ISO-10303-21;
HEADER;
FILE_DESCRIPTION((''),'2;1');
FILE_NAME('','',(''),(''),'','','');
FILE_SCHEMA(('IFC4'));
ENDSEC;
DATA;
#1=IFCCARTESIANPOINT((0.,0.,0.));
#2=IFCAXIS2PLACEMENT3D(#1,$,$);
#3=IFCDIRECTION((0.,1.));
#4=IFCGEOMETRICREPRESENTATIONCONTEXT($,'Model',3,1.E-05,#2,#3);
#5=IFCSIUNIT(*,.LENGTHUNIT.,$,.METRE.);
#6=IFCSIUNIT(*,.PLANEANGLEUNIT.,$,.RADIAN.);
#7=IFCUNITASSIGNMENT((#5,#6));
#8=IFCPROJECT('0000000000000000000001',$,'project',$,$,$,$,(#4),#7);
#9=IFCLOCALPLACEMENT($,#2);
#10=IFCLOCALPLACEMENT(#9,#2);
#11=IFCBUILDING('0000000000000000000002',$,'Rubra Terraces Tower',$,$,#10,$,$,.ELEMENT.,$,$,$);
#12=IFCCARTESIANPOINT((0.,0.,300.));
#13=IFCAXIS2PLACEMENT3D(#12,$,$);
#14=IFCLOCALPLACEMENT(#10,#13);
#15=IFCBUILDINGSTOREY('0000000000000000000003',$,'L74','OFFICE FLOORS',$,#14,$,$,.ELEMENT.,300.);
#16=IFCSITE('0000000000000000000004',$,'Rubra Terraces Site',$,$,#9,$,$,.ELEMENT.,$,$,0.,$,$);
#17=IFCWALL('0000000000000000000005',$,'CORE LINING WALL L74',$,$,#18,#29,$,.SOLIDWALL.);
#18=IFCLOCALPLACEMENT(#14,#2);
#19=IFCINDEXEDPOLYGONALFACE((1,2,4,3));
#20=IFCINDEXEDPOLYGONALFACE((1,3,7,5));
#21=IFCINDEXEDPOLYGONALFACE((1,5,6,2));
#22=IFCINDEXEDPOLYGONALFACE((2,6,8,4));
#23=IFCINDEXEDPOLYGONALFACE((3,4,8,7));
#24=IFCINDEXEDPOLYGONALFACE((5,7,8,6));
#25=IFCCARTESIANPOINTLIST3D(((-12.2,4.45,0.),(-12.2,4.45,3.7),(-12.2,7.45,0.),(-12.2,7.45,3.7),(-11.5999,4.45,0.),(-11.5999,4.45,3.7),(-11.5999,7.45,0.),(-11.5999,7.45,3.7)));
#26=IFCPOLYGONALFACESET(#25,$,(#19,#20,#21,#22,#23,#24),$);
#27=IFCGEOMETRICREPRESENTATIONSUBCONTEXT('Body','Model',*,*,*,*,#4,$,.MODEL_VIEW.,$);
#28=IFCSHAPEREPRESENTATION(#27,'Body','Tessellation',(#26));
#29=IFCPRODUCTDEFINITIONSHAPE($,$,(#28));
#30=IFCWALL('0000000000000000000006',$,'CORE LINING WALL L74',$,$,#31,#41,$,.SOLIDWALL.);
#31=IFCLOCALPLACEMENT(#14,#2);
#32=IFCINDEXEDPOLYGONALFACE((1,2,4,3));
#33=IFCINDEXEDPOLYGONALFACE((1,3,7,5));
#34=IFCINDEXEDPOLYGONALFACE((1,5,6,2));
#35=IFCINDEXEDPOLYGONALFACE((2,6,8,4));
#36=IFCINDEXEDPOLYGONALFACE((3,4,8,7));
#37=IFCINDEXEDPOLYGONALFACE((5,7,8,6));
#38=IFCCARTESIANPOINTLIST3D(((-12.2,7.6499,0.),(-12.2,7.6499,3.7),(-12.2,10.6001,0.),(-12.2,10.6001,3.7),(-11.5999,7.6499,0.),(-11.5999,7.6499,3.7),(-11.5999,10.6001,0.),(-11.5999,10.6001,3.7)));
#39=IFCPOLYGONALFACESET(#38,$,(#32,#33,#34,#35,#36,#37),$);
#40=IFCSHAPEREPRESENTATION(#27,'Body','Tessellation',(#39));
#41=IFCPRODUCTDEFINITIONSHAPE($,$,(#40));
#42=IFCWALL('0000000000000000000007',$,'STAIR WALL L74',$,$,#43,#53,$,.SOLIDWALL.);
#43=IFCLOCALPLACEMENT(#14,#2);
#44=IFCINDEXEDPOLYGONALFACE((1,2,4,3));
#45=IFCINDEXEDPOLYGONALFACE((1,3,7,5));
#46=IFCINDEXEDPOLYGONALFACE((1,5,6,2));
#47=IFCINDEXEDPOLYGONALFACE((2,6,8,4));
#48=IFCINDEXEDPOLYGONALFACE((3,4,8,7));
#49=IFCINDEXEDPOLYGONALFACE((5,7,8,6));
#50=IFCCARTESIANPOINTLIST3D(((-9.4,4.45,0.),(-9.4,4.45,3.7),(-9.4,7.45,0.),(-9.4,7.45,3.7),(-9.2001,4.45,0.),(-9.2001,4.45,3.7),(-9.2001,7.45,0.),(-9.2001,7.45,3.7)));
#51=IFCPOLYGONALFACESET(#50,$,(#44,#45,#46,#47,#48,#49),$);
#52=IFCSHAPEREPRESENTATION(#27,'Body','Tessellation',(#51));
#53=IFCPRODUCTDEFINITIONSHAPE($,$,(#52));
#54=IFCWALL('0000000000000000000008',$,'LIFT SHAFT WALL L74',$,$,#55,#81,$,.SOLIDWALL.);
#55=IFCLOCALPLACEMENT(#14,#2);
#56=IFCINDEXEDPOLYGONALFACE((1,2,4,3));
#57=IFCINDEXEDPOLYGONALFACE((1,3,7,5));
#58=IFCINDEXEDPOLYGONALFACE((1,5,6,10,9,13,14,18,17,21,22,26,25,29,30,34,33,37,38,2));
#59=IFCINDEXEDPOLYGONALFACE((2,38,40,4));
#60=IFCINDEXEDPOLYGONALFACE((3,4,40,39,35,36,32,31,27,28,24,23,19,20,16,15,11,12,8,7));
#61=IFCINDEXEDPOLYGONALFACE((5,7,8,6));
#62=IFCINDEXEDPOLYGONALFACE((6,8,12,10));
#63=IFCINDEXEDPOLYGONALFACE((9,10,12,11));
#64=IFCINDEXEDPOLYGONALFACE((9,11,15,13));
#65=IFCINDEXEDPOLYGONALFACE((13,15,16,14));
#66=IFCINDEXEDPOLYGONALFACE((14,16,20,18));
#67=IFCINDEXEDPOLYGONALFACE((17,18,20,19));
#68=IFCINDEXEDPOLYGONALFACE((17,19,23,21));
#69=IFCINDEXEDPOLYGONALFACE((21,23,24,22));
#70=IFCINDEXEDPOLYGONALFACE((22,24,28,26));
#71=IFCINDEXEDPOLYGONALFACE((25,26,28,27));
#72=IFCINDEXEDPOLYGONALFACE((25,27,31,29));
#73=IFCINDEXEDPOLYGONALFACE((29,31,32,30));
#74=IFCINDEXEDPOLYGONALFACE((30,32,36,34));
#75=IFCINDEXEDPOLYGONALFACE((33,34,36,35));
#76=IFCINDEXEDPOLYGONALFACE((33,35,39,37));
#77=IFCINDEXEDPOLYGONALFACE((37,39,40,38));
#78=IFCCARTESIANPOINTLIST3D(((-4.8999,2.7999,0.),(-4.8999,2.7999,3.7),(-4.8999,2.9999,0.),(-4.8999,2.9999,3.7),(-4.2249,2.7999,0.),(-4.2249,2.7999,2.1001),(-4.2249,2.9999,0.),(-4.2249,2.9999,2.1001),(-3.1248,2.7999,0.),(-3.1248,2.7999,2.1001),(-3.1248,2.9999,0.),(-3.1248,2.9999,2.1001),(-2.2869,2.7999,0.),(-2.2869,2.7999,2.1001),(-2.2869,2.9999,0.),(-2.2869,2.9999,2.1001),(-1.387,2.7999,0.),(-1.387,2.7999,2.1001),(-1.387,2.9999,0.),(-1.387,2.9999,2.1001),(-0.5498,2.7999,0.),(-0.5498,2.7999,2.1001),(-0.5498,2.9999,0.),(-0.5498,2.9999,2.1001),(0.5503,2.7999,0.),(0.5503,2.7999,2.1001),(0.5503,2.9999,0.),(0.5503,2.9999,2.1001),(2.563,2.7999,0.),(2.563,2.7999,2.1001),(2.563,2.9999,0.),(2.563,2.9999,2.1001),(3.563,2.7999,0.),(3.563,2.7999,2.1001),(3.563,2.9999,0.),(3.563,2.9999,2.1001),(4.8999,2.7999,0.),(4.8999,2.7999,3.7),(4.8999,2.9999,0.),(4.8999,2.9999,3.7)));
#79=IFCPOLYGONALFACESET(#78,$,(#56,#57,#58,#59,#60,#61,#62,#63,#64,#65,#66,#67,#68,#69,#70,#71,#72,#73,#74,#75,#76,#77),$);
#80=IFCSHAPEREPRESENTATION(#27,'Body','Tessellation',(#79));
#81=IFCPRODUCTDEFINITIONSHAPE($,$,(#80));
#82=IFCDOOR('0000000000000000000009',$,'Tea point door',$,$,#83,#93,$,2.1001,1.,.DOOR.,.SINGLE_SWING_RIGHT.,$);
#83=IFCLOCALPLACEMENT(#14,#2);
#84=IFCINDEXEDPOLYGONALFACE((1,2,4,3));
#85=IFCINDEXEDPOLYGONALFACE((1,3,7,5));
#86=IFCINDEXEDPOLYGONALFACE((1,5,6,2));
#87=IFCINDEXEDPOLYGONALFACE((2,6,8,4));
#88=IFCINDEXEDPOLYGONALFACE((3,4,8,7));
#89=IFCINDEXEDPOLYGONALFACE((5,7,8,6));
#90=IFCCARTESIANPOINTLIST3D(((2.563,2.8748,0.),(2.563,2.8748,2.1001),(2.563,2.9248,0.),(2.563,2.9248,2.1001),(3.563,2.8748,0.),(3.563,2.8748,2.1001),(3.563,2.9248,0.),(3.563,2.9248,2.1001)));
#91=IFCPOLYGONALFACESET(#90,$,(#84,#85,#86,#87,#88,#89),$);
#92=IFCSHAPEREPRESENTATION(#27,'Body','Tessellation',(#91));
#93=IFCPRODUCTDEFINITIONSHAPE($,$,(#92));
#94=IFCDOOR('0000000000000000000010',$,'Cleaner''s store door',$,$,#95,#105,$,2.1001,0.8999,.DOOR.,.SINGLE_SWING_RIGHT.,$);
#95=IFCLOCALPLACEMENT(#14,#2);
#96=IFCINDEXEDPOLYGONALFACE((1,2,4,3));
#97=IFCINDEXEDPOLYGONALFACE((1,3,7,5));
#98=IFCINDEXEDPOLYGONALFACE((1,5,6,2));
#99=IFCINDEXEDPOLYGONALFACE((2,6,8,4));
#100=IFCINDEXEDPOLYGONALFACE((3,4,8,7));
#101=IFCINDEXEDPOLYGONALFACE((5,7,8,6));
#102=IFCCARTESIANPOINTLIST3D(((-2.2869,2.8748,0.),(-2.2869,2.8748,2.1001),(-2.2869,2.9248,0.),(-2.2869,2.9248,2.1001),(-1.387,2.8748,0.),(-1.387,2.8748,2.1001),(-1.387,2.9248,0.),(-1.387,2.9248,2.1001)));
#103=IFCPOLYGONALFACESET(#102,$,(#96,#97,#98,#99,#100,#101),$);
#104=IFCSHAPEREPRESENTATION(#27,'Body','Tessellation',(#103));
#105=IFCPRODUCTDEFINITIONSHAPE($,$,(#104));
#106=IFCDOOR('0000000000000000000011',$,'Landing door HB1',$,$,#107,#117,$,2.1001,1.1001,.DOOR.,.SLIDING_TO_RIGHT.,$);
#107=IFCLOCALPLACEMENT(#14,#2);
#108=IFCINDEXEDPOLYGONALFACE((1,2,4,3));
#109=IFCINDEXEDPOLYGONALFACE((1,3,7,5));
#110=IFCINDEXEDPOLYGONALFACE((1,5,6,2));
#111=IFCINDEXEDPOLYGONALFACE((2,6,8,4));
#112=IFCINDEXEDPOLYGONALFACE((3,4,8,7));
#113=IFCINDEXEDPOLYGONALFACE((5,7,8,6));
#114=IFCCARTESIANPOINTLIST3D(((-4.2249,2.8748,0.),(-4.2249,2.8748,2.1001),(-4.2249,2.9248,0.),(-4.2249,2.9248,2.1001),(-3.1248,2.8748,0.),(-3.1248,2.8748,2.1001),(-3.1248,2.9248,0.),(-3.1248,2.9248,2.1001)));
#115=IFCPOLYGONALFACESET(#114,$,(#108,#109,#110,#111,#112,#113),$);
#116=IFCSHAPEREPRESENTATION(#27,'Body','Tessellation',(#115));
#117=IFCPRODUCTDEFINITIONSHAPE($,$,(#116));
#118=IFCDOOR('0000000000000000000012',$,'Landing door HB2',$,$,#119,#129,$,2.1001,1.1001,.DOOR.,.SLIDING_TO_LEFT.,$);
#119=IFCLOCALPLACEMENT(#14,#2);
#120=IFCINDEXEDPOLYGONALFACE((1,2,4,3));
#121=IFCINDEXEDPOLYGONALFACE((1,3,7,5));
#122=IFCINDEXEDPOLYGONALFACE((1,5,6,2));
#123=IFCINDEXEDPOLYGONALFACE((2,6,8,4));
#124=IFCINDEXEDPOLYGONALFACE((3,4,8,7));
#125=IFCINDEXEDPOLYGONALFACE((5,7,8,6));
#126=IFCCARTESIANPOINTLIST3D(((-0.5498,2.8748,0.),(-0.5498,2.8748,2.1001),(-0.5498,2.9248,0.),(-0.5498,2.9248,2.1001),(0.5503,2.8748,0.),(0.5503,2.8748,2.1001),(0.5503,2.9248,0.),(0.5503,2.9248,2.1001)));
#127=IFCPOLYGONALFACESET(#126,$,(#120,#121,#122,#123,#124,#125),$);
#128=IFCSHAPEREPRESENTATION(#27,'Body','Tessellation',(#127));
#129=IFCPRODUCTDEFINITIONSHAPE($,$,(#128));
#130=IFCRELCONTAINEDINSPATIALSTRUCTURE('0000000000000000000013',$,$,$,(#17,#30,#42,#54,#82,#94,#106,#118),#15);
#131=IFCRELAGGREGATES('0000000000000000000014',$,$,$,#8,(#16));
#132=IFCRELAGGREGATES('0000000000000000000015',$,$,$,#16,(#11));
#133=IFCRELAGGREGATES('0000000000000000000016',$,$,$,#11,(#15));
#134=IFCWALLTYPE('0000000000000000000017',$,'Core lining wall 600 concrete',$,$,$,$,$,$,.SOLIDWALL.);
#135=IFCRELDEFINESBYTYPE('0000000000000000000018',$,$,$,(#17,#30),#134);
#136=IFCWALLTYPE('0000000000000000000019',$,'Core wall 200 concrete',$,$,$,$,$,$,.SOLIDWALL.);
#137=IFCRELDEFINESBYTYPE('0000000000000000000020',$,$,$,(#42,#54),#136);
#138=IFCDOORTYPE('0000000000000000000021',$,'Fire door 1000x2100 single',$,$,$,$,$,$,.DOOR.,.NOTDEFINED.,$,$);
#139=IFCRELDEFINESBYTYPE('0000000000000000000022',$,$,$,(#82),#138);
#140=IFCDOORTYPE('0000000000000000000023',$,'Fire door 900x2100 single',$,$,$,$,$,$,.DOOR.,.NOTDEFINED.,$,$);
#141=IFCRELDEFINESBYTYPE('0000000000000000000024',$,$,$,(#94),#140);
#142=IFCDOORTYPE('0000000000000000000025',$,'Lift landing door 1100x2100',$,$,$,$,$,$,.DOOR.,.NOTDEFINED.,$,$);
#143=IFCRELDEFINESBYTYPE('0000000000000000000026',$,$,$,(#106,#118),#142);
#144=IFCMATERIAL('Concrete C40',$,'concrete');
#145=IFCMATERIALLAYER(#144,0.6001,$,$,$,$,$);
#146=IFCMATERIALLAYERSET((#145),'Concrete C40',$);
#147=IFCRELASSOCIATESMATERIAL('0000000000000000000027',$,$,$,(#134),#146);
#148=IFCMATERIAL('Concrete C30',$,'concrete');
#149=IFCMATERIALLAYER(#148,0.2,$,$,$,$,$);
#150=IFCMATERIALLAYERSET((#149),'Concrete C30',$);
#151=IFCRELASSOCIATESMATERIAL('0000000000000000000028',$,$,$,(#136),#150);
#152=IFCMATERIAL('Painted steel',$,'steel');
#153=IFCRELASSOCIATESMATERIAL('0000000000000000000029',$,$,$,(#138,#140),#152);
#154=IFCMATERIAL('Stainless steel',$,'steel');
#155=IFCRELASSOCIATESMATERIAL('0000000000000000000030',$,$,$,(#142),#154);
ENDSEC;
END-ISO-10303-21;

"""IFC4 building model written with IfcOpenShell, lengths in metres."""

from ifc_helpers import new_model, si_unit, direction, frame, frame_2d, origin, place, context, subcontext, project, spatial, rectangle, extrude, material, layer, layer_set, type_object, element, fill, save


model = new_model("IFC4")

# Units and contexts
model_context = context("Model", 3, precision=1e-05, world=origin(), true_north=direction((0.0, 1.0)))
body_context = subcontext(model_context, "Body", "Model", "MODEL_VIEW")
ifc_project = project(units=[si_unit("LENGTHUNIT", "METRE"), si_unit("PLANEANGLEUNIT", "RADIAN")], contexts=[model_context])

# Site, building, storey
site_placement = place(None, origin())
site = spatial("IfcSite", under=ifc_project, at=site_placement, Name="Rubra Terraces Site", CompositionType="ELEMENT", RefElevation=0.0)
building_placement = place(site_placement, origin())
building = spatial("IfcBuilding", under=site, at=building_placement, Name="Rubra Terraces Tower", CompositionType="ELEMENT")
storey_placement = place(building_placement, frame((0.0, 0.0, 300.0)))
storey = spatial("IfcBuildingStorey", under=building, at=storey_placement, Name="L74", Description="OFFICE FLOORS", CompositionType="ELEMENT", Elevation=300.0)

# Walls
ifc_material_1 = material(Name="Concrete C40", Category="concrete")
ifc_layer_1 = layer(ifc_material_1, 0.6001)
ifc_layer_set_1 = layer_set([ifc_layer_1], Name="Concrete C40")
wall_type_1 = type_object("IfcWallType", Name="Core lining wall 600 concrete", PredefinedType="SOLIDWALL", material=ifc_layer_set_1)
wall_1_placement = place(storey_placement, frame((-11.8999, 4.45, 0.0), z_axis=(0.0, 0.0, 1.0), x_axis=(0.0, 1.0, 0.0)))
element("IfcWall", 1, at=wall_1_placement, inside=storey, type_object=wall_type_1, Name="CORE LINING WALL L74", PredefinedType="SOLIDWALL", context=body_context, shape_type="SweptSolid", body=[
    extrude(rectangle(XDim=3.0, YDim=0.6001, at=frame_2d((1.5, 0.0))), origin(), (0.0, 0.0, 1.0), 3.7),
])
wall_2_placement = place(storey_placement, frame((-11.8999, 7.6499, 0.0), z_axis=(0.0, 0.0, 1.0), x_axis=(0.0, 1.0, 0.0)))
element("IfcWall", 2, at=wall_2_placement, inside=storey, type_object=wall_type_1, Name="CORE LINING WALL L74", PredefinedType="SOLIDWALL", context=body_context, shape_type="SweptSolid", body=[
    extrude(rectangle(XDim=2.9502, YDim=0.6001, at=frame_2d((1.4751, 0.0))), origin(), (0.0, 0.0, 1.0), 3.7),
])
ifc_material_2 = material(Name="Concrete C30", Category="concrete")
ifc_layer_2 = layer(ifc_material_2, 0.2)
ifc_layer_set_2 = layer_set([ifc_layer_2], Name="Concrete C30")
wall_type_2 = type_object("IfcWallType", Name="Core wall 200 concrete", PredefinedType="SOLIDWALL", material=ifc_layer_set_2)
wall_3_placement = place(storey_placement, frame((-9.3, 4.45, 0.0), z_axis=(0.0, 0.0, 1.0), x_axis=(0.0, 1.0, 0.0)))
element("IfcWall", 3, at=wall_3_placement, inside=storey, type_object=wall_type_2, Name="STAIR WALL L74", PredefinedType="SOLIDWALL", context=body_context, shape_type="SweptSolid", body=[
    extrude(rectangle(XDim=3.0, YDim=0.2, at=frame_2d((1.5, 0.0))), origin(), (0.0, 0.0, 1.0), 3.7),
])

# Wall, openings, doors
wall_4_placement = place(storey_placement, frame((-4.8999, 2.8999, 0.0), z_axis=(0.0, 0.0, 1.0), x_axis=(1.0, 0.0, 0.0)))
wall_4 = element("IfcWall", 4, at=wall_4_placement, inside=storey, type_object=wall_type_2, Name="LIFT SHAFT WALL L74", PredefinedType="SOLIDWALL", context=body_context, shape_type="SweptSolid", body=[
    extrude(rectangle(XDim=9.7998, YDim=0.2, at=frame_2d((4.8999, 0.0))), origin(), (0.0, 0.0, 1.0), 3.7),
])
opening_1_placement = place(wall_4_placement, frame((0.675, 0.0, 0.0)))
opening_1 = element("IfcOpeningElement", 5, at=opening_1_placement, cuts=wall_4, PredefinedType="OPENING", context=body_context, shape_type="SweptSolid", body=[
    extrude(rectangle(XDim=1.1001, YDim=2.1001, at=frame_2d((0.55, 1.05))), frame((0.0, 0.1099, 0.0), z_axis=(0.0, -1.0, 0.0), x_axis=(1.0, 0.0, 0.0)), (0.0, 0.0, 1.0), 0.22),
])
opening_2_placement = place(wall_4_placement, frame((2.613, 0.0, 0.0)))
opening_2 = element("IfcOpeningElement", 6, at=opening_2_placement, cuts=wall_4, PredefinedType="OPENING", context=body_context, shape_type="SweptSolid", body=[
    extrude(rectangle(XDim=0.8999, YDim=2.1001, at=frame_2d((0.45, 1.05))), frame((0.0, 0.1099, 0.0), z_axis=(0.0, -1.0, 0.0), x_axis=(1.0, 0.0, 0.0)), (0.0, 0.0, 1.0), 0.22),
])
opening_3_placement = place(wall_4_placement, frame((4.3501, 0.0, 0.0)))
opening_3 = element("IfcOpeningElement", 7, at=opening_3_placement, cuts=wall_4, PredefinedType="OPENING", context=body_context, shape_type="SweptSolid", body=[
    extrude(rectangle(XDim=1.1001, YDim=2.1001, at=frame_2d((0.55, 1.05))), frame((0.0, 0.1099, 0.0), z_axis=(0.0, -1.0, 0.0), x_axis=(1.0, 0.0, 0.0)), (0.0, 0.0, 1.0), 0.22),
])
opening_4_placement = place(wall_4_placement, frame((7.4629, 0.0, 0.0)))
opening_4 = element("IfcOpeningElement", 8, at=opening_4_placement, cuts=wall_4, PredefinedType="OPENING", context=body_context, shape_type="SweptSolid", body=[
    extrude(rectangle(XDim=1.0, YDim=2.1001, at=frame_2d((0.5, 1.05))), frame((0.0, 0.1099, 0.0), z_axis=(0.0, -1.0, 0.0), x_axis=(1.0, 0.0, 0.0)), (0.0, 0.0, 1.0), 0.22),
])
ifc_material_3 = material(Name="Painted steel", Category="steel")
door_type_1 = type_object("IfcDoorType", Name="Fire door 1000x2100 single", OperationType="NOTDEFINED", PredefinedType="DOOR", material=ifc_material_3)
door_1_placement = place(opening_4_placement, origin())
door_1 = element("IfcDoor", 9, at=door_1_placement, inside=storey, type_object=door_type_1, Name="Tea point door", OperationType="SINGLE_SWING_RIGHT", OverallHeight=2.1001, OverallWidth=1.0, PredefinedType="DOOR", context=body_context, shape_type="SweptSolid", body=[
    extrude(rectangle(XDim=1.0, YDim=2.1001, at=frame_2d((0.5, 1.05))), frame((0.0, 0.0249, 0.0), z_axis=(0.0, -1.0, 0.0), x_axis=(1.0, 0.0, 0.0)), (0.0, 0.0, 1.0), 0.05),
])
fill(opening_4, door_1)
door_type_2 = type_object("IfcDoorType", Name="Fire door 900x2100 single", OperationType="NOTDEFINED", PredefinedType="DOOR", material=ifc_material_3)
door_2_placement = place(opening_2_placement, origin())
door_2 = element("IfcDoor", 10, at=door_2_placement, inside=storey, type_object=door_type_2, Name="Cleaner's store door", OperationType="SINGLE_SWING_RIGHT", OverallHeight=2.1001, OverallWidth=0.8999, PredefinedType="DOOR", context=body_context, shape_type="SweptSolid", body=[
    extrude(rectangle(XDim=0.8999, YDim=2.1001, at=frame_2d((0.45, 1.05))), frame((0.0, 0.0249, 0.0), z_axis=(0.0, -1.0, 0.0), x_axis=(1.0, 0.0, 0.0)), (0.0, 0.0, 1.0), 0.05),
])
fill(opening_2, door_2)
ifc_material_4 = material(Name="Stainless steel", Category="steel")
door_type_3 = type_object("IfcDoorType", Name="Lift landing door 1100x2100", OperationType="NOTDEFINED", PredefinedType="DOOR", material=ifc_material_4)
door_3_placement = place(opening_1_placement, origin())
door_3 = element("IfcDoor", 11, at=door_3_placement, inside=storey, type_object=door_type_3, Name="Landing door HB1", OperationType="SLIDING_TO_RIGHT", OverallHeight=2.1001, OverallWidth=1.1001, PredefinedType="DOOR", context=body_context, shape_type="SweptSolid", body=[
    extrude(rectangle(XDim=1.1001, YDim=2.1001, at=frame_2d((0.55, 1.05))), frame((0.0, 0.0249, 0.0), z_axis=(0.0, -1.0, 0.0), x_axis=(1.0, 0.0, 0.0)), (0.0, 0.0, 1.0), 0.05),
])
fill(opening_1, door_3)
door_4_placement = place(opening_3_placement, origin())
door_4 = element("IfcDoor", 12, at=door_4_placement, inside=storey, type_object=door_type_3, Name="Landing door HB2", OperationType="SLIDING_TO_LEFT", OverallHeight=2.1001, OverallWidth=1.1001, PredefinedType="DOOR", context=body_context, shape_type="SweptSolid", body=[
    extrude(rectangle(XDim=1.1001, YDim=2.1001, at=frame_2d((0.55, 1.05))), frame((0.0, 0.0249, 0.0), z_axis=(0.0, -1.0, 0.0), x_axis=(1.0, 0.0, 0.0)), (0.0, 0.0, 1.0), 0.05),
])
fill(opening_3, door_4)

save(model, "model.ifc")
